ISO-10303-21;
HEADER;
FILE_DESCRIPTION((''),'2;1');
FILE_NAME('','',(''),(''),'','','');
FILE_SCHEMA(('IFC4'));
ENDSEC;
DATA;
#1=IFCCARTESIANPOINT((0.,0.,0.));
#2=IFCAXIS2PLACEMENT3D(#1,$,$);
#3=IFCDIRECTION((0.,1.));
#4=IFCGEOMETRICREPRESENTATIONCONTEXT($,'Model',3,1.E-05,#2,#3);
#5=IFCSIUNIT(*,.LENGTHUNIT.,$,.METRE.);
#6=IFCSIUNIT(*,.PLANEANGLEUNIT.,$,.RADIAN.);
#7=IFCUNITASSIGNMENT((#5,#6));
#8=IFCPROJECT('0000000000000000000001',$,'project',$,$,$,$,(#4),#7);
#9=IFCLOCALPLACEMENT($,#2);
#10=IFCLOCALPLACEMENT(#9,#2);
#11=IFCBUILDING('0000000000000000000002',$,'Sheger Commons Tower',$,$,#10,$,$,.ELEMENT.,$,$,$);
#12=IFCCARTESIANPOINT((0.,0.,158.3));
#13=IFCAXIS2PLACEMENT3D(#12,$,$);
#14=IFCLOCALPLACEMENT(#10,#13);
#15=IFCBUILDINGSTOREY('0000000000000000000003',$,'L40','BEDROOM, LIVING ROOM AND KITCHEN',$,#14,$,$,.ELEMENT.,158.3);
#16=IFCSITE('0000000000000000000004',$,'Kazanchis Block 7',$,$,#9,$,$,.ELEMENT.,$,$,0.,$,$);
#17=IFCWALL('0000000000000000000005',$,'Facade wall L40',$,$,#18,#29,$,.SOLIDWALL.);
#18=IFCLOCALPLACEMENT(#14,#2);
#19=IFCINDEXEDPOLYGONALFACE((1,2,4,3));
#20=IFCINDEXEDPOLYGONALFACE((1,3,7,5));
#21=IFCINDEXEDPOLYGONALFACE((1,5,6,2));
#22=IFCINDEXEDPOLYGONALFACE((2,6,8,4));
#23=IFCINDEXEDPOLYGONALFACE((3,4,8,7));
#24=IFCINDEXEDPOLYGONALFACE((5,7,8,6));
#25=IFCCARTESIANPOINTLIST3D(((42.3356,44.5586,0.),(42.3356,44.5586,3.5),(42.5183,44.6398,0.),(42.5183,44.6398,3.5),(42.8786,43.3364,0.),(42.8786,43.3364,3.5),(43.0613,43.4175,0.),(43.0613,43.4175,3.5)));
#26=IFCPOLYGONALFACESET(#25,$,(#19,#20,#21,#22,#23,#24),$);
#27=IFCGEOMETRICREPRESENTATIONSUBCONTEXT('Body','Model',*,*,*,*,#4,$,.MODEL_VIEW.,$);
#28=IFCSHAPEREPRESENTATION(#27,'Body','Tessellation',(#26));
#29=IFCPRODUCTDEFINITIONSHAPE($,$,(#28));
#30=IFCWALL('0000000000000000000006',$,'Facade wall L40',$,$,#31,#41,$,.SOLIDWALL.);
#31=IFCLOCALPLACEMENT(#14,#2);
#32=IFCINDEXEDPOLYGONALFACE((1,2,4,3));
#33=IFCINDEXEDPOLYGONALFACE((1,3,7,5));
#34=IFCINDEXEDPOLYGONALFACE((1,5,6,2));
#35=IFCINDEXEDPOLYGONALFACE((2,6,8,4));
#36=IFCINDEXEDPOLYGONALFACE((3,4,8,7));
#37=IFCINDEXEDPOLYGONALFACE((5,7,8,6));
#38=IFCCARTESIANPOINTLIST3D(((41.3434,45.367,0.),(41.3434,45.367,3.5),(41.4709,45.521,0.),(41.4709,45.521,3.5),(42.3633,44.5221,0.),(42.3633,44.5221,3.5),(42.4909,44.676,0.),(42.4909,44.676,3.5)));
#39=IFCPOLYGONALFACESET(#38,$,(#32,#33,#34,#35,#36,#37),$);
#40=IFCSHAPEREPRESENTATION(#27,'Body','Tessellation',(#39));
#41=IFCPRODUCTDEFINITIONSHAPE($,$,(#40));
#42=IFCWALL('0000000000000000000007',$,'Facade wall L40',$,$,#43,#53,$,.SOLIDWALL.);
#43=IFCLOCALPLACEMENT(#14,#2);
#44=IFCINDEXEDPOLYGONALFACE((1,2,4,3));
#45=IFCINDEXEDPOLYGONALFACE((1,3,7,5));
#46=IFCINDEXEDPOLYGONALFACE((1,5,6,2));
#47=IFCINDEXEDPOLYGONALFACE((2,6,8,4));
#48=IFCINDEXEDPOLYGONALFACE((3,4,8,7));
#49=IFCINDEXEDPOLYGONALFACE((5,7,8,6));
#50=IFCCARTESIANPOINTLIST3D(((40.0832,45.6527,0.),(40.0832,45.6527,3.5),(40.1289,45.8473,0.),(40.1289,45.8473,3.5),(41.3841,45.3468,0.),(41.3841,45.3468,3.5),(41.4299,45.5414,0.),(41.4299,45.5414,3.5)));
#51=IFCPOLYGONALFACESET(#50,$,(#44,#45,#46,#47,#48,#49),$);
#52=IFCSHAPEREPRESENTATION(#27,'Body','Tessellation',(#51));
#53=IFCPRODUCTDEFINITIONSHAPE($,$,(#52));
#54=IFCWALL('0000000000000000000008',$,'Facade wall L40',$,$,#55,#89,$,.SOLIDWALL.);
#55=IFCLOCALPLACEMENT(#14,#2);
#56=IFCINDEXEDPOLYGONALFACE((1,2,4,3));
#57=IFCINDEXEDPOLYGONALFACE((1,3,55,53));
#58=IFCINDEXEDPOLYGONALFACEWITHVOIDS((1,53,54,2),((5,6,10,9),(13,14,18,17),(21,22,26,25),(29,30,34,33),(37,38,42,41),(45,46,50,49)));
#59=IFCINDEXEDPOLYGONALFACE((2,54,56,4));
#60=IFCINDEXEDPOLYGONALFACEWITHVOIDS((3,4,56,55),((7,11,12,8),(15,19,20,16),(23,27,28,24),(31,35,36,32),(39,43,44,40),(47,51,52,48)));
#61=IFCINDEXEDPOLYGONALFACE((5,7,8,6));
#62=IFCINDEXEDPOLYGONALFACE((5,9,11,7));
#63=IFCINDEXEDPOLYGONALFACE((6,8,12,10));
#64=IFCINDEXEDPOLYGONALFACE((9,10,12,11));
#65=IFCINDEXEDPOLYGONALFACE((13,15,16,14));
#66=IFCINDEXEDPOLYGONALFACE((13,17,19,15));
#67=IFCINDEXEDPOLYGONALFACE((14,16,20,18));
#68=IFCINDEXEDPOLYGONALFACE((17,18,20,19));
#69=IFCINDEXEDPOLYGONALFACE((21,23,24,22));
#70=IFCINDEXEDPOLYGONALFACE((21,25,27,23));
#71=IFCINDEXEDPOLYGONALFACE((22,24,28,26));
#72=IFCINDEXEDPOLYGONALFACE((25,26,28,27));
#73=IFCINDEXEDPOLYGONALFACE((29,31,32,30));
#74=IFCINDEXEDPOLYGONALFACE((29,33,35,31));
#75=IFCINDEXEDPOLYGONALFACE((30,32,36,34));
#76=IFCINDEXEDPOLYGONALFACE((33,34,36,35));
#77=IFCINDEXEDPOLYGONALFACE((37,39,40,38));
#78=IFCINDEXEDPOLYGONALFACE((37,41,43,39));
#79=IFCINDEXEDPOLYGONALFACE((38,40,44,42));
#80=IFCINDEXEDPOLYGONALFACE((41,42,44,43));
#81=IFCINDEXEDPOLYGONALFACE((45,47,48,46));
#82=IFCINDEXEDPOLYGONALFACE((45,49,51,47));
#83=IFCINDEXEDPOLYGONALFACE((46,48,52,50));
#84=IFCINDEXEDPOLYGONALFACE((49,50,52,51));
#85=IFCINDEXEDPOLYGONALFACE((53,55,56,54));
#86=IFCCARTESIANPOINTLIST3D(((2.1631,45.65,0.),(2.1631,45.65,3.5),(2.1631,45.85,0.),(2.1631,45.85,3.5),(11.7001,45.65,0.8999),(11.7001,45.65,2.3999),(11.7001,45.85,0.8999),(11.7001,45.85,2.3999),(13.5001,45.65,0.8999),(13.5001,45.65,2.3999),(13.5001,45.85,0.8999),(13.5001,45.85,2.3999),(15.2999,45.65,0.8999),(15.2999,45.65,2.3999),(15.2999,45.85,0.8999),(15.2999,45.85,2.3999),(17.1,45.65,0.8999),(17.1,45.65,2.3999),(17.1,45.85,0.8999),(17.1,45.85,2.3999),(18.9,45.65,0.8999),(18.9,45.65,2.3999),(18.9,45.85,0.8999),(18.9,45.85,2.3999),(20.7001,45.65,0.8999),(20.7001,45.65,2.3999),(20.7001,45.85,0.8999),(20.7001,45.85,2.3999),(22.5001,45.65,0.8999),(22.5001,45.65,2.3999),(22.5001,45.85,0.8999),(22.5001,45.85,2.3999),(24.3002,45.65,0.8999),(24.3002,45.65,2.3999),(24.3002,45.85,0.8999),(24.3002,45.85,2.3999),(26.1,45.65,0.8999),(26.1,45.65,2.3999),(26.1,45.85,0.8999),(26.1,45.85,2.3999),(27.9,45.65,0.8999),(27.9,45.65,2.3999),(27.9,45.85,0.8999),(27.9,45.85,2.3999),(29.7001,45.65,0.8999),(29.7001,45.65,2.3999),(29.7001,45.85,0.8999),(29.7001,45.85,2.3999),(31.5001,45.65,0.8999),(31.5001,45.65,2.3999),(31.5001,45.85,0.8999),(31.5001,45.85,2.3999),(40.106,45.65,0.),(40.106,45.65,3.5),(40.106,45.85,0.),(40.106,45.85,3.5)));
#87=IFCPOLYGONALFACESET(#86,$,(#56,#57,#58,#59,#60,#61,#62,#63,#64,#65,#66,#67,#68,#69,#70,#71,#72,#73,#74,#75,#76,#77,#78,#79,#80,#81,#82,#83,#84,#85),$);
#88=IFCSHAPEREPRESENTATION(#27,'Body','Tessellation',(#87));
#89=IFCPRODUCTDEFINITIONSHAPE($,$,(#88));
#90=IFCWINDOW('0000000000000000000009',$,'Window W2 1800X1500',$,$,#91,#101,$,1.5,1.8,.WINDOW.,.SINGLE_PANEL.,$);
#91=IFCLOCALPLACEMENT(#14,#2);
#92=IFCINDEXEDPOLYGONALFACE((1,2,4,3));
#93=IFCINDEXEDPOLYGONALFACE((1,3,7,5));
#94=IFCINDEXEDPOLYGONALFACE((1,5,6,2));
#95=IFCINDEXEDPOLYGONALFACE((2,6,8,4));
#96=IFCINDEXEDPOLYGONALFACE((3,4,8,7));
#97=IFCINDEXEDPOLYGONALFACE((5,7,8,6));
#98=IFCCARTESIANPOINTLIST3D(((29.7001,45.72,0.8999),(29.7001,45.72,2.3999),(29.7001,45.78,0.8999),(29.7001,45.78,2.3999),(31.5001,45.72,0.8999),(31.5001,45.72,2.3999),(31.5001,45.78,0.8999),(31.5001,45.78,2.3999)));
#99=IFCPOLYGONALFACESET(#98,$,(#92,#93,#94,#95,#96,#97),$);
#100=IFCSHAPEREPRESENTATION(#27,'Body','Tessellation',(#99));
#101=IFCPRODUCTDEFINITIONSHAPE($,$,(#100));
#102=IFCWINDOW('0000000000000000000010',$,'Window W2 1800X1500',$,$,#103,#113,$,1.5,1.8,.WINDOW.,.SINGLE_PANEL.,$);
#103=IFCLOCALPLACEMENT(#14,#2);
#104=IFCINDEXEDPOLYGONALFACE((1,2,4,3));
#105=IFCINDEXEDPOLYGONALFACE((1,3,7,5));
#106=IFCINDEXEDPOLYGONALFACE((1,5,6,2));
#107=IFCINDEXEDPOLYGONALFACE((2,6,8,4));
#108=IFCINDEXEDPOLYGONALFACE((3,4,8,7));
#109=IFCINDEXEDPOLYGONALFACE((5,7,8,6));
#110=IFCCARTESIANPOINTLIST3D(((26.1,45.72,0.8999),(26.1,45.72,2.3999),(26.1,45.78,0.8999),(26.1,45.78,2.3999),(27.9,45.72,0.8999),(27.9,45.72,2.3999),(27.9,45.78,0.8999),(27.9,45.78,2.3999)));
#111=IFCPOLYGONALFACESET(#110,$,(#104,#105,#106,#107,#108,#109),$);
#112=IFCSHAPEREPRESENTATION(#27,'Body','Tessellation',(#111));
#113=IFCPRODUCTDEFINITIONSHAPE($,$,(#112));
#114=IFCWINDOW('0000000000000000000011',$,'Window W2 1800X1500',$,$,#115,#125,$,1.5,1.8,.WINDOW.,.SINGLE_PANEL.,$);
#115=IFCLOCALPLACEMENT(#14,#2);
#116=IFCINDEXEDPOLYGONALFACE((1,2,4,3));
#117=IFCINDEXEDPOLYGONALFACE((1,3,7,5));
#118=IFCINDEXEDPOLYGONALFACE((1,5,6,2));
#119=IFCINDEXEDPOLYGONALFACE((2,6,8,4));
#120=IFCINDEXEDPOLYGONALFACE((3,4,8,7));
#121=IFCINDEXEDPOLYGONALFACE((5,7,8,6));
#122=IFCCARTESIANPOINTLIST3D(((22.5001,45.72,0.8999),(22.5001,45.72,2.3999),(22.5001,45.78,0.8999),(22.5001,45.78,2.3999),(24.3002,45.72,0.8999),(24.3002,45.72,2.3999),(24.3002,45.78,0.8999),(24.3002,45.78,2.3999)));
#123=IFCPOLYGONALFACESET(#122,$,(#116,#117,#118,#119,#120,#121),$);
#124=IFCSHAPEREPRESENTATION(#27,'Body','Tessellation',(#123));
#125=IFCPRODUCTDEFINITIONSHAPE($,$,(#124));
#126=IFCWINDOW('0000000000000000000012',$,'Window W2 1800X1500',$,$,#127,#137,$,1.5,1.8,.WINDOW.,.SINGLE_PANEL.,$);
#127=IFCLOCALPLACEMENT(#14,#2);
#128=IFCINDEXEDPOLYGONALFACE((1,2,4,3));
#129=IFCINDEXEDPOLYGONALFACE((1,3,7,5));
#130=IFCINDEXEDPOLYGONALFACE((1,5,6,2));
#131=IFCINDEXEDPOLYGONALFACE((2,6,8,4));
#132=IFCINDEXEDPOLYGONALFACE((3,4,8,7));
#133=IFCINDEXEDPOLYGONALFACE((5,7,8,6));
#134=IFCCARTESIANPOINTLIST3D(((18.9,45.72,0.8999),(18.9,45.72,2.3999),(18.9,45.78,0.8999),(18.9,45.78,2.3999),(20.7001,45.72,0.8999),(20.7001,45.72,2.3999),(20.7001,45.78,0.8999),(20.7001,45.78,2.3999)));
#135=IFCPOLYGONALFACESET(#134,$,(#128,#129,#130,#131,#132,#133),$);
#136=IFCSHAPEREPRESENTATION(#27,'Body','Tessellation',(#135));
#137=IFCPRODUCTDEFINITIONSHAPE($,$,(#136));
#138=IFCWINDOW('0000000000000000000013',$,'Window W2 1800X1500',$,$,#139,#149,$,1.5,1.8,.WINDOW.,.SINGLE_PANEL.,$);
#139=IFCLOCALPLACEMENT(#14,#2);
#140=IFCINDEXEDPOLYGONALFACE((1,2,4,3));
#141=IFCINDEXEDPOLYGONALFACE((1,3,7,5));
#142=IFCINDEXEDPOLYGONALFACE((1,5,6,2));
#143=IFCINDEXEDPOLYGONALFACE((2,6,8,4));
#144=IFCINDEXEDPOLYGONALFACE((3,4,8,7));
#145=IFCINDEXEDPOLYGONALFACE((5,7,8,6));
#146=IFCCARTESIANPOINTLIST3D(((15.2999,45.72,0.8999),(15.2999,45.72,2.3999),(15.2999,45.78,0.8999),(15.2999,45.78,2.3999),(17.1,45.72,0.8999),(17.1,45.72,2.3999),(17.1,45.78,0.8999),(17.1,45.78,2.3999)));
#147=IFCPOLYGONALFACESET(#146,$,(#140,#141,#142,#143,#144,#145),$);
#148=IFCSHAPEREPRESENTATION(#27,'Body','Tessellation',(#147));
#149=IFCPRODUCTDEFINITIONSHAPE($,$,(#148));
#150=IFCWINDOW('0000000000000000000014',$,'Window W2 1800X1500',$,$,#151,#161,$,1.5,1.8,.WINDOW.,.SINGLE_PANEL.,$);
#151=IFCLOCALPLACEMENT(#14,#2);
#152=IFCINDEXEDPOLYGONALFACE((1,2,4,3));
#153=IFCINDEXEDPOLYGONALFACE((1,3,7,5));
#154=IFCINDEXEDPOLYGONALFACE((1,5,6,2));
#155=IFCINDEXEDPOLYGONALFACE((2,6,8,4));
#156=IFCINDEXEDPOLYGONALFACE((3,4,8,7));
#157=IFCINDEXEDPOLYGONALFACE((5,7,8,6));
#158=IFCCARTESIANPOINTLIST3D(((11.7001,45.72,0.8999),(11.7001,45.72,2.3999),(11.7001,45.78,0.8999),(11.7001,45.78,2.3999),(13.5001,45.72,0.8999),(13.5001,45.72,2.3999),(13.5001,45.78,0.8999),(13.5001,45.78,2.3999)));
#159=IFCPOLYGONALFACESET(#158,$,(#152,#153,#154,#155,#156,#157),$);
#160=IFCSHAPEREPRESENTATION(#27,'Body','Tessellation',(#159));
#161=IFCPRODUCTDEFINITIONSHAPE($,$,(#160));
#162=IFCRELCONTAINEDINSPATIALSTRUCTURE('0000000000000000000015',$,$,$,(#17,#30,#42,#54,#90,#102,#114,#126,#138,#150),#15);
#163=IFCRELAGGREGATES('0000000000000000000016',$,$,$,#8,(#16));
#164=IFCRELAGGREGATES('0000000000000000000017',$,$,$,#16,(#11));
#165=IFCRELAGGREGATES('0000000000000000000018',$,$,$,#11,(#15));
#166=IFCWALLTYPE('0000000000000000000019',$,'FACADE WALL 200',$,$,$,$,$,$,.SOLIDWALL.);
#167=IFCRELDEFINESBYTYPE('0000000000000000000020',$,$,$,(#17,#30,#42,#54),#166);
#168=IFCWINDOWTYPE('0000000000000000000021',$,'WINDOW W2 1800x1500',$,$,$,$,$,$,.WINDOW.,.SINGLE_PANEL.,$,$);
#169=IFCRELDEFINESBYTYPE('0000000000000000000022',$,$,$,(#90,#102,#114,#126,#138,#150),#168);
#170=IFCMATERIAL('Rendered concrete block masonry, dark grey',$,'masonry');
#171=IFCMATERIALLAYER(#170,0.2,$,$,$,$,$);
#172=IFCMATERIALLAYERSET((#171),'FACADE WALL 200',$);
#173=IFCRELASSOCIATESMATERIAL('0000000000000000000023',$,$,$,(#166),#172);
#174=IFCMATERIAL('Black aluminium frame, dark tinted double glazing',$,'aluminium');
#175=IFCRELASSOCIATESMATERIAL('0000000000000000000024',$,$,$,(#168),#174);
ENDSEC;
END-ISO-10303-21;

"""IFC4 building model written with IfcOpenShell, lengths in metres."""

from ifc_helpers import new_model, si_unit, direction, frame, frame_2d, origin, place, context, subcontext, project, spatial, rectangle, extrude, material, layer, layer_set, type_object, element, fill, save


model = new_model("IFC4")

# Units and contexts
model_context = context("Model", 3, precision=1e-05, world=origin(), true_north=direction((0.0, 1.0)))
body_context = subcontext(model_context, "Body", "Model", "MODEL_VIEW")
ifc_project = project(units=[si_unit("LENGTHUNIT", "METRE"), si_unit("PLANEANGLEUNIT", "RADIAN")], contexts=[model_context])

# Site, building, storey
site_placement = place(None, origin())
site = spatial("IfcSite", under=ifc_project, at=site_placement, Name="Kazanchis Block 7", CompositionType="ELEMENT", RefElevation=0.0)
building_placement = place(site_placement, origin())
building = spatial("IfcBuilding", under=site, at=building_placement, Name="Sheger Commons Tower", CompositionType="ELEMENT")
storey_placement = place(building_placement, frame((0.0, 0.0, 158.3)))
storey = spatial("IfcBuildingStorey", under=building, at=storey_placement, Name="L40", Description="BEDROOM, LIVING ROOM AND KITCHEN", CompositionType="ELEMENT", Elevation=158.3)

# Walls
ifc_material_1 = material(Name="Rendered concrete block masonry, dark grey", Category="masonry")
ifc_layer_1 = layer(ifc_material_1, 0.2)
ifc_layer_set_1 = layer_set([ifc_layer_1], Name="FACADE WALL 200")
wall_type_1 = type_object("IfcWallType", Name="FACADE WALL 200", PredefinedType="SOLIDWALL", material=ifc_layer_set_1)
wall_1_placement = place(storey_placement, frame((42.97, 43.377, 0.0), z_axis=(0.0, 0.0, 1.0), x_axis=(-0.406003, 0.913872, 0.0)))
element("IfcWall", 1, at=wall_1_placement, inside=storey, type_object=wall_type_1, Name="Facade wall L40", PredefinedType="SOLIDWALL", context=body_context, shape_type="SweptSolid", body=[
    extrude(rectangle(XDim=1.3374, YDim=0.2, at=frame_2d((0.6687, 0.0))), origin(), (0.0, 0.0, 1.0), 3.5),
])
wall_2_placement = place(storey_placement, frame((42.427, 44.5991, 0.0), z_axis=(0.0, 0.0, 1.0), x_axis=(-0.770091, 0.637934, 0.0)))
element("IfcWall", 2, at=wall_2_placement, inside=storey, type_object=wall_type_1, Name="Facade wall L40", PredefinedType="SOLIDWALL", context=body_context, shape_type="SweptSolid", body=[
    extrude(rectangle(XDim=1.3245, YDim=0.2, at=frame_2d((0.6621, 0.0))), origin(), (0.0, 0.0, 1.0), 3.5),
])
wall_3_placement = place(storey_placement, frame((41.407, 45.4441, 0.0), z_axis=(0.0, 0.0, 1.0), x_axis=(-0.973453, 0.228887, 0.0)))
element("IfcWall", 3, at=wall_3_placement, inside=storey, type_object=wall_type_1, Name="Facade wall L40", PredefinedType="SOLIDWALL", context=body_context, shape_type="SweptSolid", body=[
    extrude(rectangle(XDim=1.3364, YDim=0.2, at=frame_2d((0.6682, 0.0))), origin(), (0.0, 0.0, 1.0), 3.5),
])

# Wall, openings, windows
wall_4_placement = place(storey_placement, frame((40.106, 45.75, 0.0), z_axis=(0.0, 0.0, 1.0), x_axis=(-1.0, 0.0, 0.0)))
wall_4 = element("IfcWall", 4, at=wall_4_placement, inside=storey, type_object=wall_type_1, Name="Facade wall L40", PredefinedType="SOLIDWALL", context=body_context, shape_type="SweptSolid", body=[
    extrude(rectangle(XDim=37.9429, YDim=0.2, at=frame_2d((18.9714, 0.0))), origin(), (0.0, 0.0, 1.0), 3.5),
])
opening_1_placement = place(wall_4_placement, frame((8.606, 0.0, 0.8999)))
opening_1 = element("IfcOpeningElement", 5, at=opening_1_placement, cuts=wall_4, PredefinedType="OPENING", context=body_context, shape_type="SweptSolid", body=[
    extrude(rectangle(XDim=1.8, YDim=1.5, at=frame_2d((0.8999, 0.75))), frame((0.0, 0.1099, 0.0), z_axis=(0.0, -1.0, 0.0), x_axis=(1.0, 0.0, 0.0)), (0.0, 0.0, 1.0), 0.22),
])
opening_2_placement = place(wall_4_placement, frame((12.2061, 0.0, 0.8999)))
opening_2 = element("IfcOpeningElement", 6, at=opening_2_placement, cuts=wall_4, PredefinedType="OPENING", context=body_context, shape_type="SweptSolid", body=[
    extrude(rectangle(XDim=1.8, YDim=1.5, at=frame_2d((0.8999, 0.75))), frame((0.0, 0.1099, 0.0), z_axis=(0.0, -1.0, 0.0), x_axis=(1.0, 0.0, 0.0)), (0.0, 0.0, 1.0), 0.22),
])
opening_3_placement = place(wall_4_placement, frame((15.8059, 0.0, 0.8999)))
opening_3 = element("IfcOpeningElement", 7, at=opening_3_placement, cuts=wall_4, PredefinedType="OPENING", context=body_context, shape_type="SweptSolid", body=[
    extrude(rectangle(XDim=1.8, YDim=1.5, at=frame_2d((0.8999, 0.75))), frame((0.0, 0.1099, 0.0), z_axis=(0.0, -1.0, 0.0), x_axis=(1.0, 0.0, 0.0)), (0.0, 0.0, 1.0), 0.22),
])
opening_4_placement = place(wall_4_placement, frame((19.406, 0.0, 0.8999)))
opening_4 = element("IfcOpeningElement", 8, at=opening_4_placement, cuts=wall_4, PredefinedType="OPENING", context=body_context, shape_type="SweptSolid", body=[
    extrude(rectangle(XDim=1.8, YDim=1.5, at=frame_2d((0.8999, 0.75))), frame((0.0, 0.1099, 0.0), z_axis=(0.0, -1.0, 0.0), x_axis=(1.0, 0.0, 0.0)), (0.0, 0.0, 1.0), 0.22),
])
opening_5_placement = place(wall_4_placement, frame((23.0061, 0.0, 0.8999)))
opening_5 = element("IfcOpeningElement", 9, at=opening_5_placement, cuts=wall_4, PredefinedType="OPENING", context=body_context, shape_type="SweptSolid", body=[
    extrude(rectangle(XDim=1.8, YDim=1.5, at=frame_2d((0.8999, 0.75))), frame((0.0, 0.1099, 0.0), z_axis=(0.0, -1.0, 0.0), x_axis=(1.0, 0.0, 0.0)), (0.0, 0.0, 1.0), 0.22),
])
opening_6_placement = place(wall_4_placement, frame((26.606, 0.0, 0.8999)))
opening_6 = element("IfcOpeningElement", 10, at=opening_6_placement, cuts=wall_4, PredefinedType="OPENING", context=body_context, shape_type="SweptSolid", body=[
    extrude(rectangle(XDim=1.8, YDim=1.5, at=frame_2d((0.8999, 0.75))), frame((0.0, 0.1099, 0.0), z_axis=(0.0, -1.0, 0.0), x_axis=(1.0, 0.0, 0.0)), (0.0, 0.0, 1.0), 0.22),
])
ifc_material_2 = material(Name="Black aluminium frame, dark tinted double glazing", Category="aluminium")
window_type = type_object("IfcWindowType", Name="WINDOW W2 1800x1500", PartitioningType="SINGLE_PANEL", PredefinedType="WINDOW", material=ifc_material_2)
window_1_placement = place(opening_1_placement, origin())
window_1 = element("IfcWindow", 11, at=window_1_placement, inside=storey, type_object=window_type, Name="Window W2 1800X1500", OverallHeight=1.5, OverallWidth=1.8, PartitioningType="SINGLE_PANEL", PredefinedType="WINDOW", context=body_context, shape_type="SweptSolid", body=[
    extrude(rectangle(XDim=1.8, YDim=1.5, at=frame_2d((0.8999, 0.75))), frame((0.0, 0.03, 0.0), z_axis=(0.0, -1.0, 0.0), x_axis=(1.0, 0.0, 0.0)), (0.0, 0.0, 1.0), 0.0601),
])
fill(opening_1, window_1)
window_2_placement = place(opening_2_placement, origin())
window_2 = element("IfcWindow", 12, at=window_2_placement, inside=storey, type_object=window_type, Name="Window W2 1800X1500", OverallHeight=1.5, OverallWidth=1.8, PartitioningType="SINGLE_PANEL", PredefinedType="WINDOW", context=body_context, shape_type="SweptSolid", body=[
    extrude(rectangle(XDim=1.8, YDim=1.5, at=frame_2d((0.8999, 0.75))), frame((0.0, 0.03, 0.0), z_axis=(0.0, -1.0, 0.0), x_axis=(1.0, 0.0, 0.0)), (0.0, 0.0, 1.0), 0.0601),
])
fill(opening_2, window_2)
window_3_placement = place(opening_3_placement, origin())
window_3 = element("IfcWindow", 13, at=window_3_placement, inside=storey, type_object=window_type, Name="Window W2 1800X1500", OverallHeight=1.5, OverallWidth=1.8, PartitioningType="SINGLE_PANEL", PredefinedType="WINDOW", context=body_context, shape_type="SweptSolid", body=[
    extrude(rectangle(XDim=1.8, YDim=1.5, at=frame_2d((0.8999, 0.75))), frame((0.0, 0.03, 0.0), z_axis=(0.0, -1.0, 0.0), x_axis=(1.0, 0.0, 0.0)), (0.0, 0.0, 1.0), 0.0601),
])
fill(opening_3, window_3)
window_4_placement = place(opening_4_placement, origin())
window_4 = element("IfcWindow", 14, at=window_4_placement, inside=storey, type_object=window_type, Name="Window W2 1800X1500", OverallHeight=1.5, OverallWidth=1.8, PartitioningType="SINGLE_PANEL", PredefinedType="WINDOW", context=body_context, shape_type="SweptSolid", body=[
    extrude(rectangle(XDim=1.8, YDim=1.5, at=frame_2d((0.8999, 0.75))), frame((0.0, 0.03, 0.0), z_axis=(0.0, -1.0, 0.0), x_axis=(1.0, 0.0, 0.0)), (0.0, 0.0, 1.0), 0.0601),
])
fill(opening_4, window_4)
window_5_placement = place(opening_5_placement, origin())
window_5 = element("IfcWindow", 15, at=window_5_placement, inside=storey, type_object=window_type, Name="Window W2 1800X1500", OverallHeight=1.5, OverallWidth=1.8, PartitioningType="SINGLE_PANEL", PredefinedType="WINDOW", context=body_context, shape_type="SweptSolid", body=[
    extrude(rectangle(XDim=1.8, YDim=1.5, at=frame_2d((0.8999, 0.75))), frame((0.0, 0.03, 0.0), z_axis=(0.0, -1.0, 0.0), x_axis=(1.0, 0.0, 0.0)), (0.0, 0.0, 1.0), 0.0601),
])
fill(opening_5, window_5)
window_6_placement = place(opening_6_placement, origin())
window_6 = element("IfcWindow", 16, at=window_6_placement, inside=storey, type_object=window_type, Name="Window W2 1800X1500", OverallHeight=1.5, OverallWidth=1.8, PartitioningType="SINGLE_PANEL", PredefinedType="WINDOW", context=body_context, shape_type="SweptSolid", body=[
    extrude(rectangle(XDim=1.8, YDim=1.5, at=frame_2d((0.8999, 0.75))), frame((0.0, 0.03, 0.0), z_axis=(0.0, -1.0, 0.0), x_axis=(1.0, 0.0, 0.0)), (0.0, 0.0, 1.0), 0.0601),
])
fill(opening_6, window_6)

save(model, "model.ifc")
